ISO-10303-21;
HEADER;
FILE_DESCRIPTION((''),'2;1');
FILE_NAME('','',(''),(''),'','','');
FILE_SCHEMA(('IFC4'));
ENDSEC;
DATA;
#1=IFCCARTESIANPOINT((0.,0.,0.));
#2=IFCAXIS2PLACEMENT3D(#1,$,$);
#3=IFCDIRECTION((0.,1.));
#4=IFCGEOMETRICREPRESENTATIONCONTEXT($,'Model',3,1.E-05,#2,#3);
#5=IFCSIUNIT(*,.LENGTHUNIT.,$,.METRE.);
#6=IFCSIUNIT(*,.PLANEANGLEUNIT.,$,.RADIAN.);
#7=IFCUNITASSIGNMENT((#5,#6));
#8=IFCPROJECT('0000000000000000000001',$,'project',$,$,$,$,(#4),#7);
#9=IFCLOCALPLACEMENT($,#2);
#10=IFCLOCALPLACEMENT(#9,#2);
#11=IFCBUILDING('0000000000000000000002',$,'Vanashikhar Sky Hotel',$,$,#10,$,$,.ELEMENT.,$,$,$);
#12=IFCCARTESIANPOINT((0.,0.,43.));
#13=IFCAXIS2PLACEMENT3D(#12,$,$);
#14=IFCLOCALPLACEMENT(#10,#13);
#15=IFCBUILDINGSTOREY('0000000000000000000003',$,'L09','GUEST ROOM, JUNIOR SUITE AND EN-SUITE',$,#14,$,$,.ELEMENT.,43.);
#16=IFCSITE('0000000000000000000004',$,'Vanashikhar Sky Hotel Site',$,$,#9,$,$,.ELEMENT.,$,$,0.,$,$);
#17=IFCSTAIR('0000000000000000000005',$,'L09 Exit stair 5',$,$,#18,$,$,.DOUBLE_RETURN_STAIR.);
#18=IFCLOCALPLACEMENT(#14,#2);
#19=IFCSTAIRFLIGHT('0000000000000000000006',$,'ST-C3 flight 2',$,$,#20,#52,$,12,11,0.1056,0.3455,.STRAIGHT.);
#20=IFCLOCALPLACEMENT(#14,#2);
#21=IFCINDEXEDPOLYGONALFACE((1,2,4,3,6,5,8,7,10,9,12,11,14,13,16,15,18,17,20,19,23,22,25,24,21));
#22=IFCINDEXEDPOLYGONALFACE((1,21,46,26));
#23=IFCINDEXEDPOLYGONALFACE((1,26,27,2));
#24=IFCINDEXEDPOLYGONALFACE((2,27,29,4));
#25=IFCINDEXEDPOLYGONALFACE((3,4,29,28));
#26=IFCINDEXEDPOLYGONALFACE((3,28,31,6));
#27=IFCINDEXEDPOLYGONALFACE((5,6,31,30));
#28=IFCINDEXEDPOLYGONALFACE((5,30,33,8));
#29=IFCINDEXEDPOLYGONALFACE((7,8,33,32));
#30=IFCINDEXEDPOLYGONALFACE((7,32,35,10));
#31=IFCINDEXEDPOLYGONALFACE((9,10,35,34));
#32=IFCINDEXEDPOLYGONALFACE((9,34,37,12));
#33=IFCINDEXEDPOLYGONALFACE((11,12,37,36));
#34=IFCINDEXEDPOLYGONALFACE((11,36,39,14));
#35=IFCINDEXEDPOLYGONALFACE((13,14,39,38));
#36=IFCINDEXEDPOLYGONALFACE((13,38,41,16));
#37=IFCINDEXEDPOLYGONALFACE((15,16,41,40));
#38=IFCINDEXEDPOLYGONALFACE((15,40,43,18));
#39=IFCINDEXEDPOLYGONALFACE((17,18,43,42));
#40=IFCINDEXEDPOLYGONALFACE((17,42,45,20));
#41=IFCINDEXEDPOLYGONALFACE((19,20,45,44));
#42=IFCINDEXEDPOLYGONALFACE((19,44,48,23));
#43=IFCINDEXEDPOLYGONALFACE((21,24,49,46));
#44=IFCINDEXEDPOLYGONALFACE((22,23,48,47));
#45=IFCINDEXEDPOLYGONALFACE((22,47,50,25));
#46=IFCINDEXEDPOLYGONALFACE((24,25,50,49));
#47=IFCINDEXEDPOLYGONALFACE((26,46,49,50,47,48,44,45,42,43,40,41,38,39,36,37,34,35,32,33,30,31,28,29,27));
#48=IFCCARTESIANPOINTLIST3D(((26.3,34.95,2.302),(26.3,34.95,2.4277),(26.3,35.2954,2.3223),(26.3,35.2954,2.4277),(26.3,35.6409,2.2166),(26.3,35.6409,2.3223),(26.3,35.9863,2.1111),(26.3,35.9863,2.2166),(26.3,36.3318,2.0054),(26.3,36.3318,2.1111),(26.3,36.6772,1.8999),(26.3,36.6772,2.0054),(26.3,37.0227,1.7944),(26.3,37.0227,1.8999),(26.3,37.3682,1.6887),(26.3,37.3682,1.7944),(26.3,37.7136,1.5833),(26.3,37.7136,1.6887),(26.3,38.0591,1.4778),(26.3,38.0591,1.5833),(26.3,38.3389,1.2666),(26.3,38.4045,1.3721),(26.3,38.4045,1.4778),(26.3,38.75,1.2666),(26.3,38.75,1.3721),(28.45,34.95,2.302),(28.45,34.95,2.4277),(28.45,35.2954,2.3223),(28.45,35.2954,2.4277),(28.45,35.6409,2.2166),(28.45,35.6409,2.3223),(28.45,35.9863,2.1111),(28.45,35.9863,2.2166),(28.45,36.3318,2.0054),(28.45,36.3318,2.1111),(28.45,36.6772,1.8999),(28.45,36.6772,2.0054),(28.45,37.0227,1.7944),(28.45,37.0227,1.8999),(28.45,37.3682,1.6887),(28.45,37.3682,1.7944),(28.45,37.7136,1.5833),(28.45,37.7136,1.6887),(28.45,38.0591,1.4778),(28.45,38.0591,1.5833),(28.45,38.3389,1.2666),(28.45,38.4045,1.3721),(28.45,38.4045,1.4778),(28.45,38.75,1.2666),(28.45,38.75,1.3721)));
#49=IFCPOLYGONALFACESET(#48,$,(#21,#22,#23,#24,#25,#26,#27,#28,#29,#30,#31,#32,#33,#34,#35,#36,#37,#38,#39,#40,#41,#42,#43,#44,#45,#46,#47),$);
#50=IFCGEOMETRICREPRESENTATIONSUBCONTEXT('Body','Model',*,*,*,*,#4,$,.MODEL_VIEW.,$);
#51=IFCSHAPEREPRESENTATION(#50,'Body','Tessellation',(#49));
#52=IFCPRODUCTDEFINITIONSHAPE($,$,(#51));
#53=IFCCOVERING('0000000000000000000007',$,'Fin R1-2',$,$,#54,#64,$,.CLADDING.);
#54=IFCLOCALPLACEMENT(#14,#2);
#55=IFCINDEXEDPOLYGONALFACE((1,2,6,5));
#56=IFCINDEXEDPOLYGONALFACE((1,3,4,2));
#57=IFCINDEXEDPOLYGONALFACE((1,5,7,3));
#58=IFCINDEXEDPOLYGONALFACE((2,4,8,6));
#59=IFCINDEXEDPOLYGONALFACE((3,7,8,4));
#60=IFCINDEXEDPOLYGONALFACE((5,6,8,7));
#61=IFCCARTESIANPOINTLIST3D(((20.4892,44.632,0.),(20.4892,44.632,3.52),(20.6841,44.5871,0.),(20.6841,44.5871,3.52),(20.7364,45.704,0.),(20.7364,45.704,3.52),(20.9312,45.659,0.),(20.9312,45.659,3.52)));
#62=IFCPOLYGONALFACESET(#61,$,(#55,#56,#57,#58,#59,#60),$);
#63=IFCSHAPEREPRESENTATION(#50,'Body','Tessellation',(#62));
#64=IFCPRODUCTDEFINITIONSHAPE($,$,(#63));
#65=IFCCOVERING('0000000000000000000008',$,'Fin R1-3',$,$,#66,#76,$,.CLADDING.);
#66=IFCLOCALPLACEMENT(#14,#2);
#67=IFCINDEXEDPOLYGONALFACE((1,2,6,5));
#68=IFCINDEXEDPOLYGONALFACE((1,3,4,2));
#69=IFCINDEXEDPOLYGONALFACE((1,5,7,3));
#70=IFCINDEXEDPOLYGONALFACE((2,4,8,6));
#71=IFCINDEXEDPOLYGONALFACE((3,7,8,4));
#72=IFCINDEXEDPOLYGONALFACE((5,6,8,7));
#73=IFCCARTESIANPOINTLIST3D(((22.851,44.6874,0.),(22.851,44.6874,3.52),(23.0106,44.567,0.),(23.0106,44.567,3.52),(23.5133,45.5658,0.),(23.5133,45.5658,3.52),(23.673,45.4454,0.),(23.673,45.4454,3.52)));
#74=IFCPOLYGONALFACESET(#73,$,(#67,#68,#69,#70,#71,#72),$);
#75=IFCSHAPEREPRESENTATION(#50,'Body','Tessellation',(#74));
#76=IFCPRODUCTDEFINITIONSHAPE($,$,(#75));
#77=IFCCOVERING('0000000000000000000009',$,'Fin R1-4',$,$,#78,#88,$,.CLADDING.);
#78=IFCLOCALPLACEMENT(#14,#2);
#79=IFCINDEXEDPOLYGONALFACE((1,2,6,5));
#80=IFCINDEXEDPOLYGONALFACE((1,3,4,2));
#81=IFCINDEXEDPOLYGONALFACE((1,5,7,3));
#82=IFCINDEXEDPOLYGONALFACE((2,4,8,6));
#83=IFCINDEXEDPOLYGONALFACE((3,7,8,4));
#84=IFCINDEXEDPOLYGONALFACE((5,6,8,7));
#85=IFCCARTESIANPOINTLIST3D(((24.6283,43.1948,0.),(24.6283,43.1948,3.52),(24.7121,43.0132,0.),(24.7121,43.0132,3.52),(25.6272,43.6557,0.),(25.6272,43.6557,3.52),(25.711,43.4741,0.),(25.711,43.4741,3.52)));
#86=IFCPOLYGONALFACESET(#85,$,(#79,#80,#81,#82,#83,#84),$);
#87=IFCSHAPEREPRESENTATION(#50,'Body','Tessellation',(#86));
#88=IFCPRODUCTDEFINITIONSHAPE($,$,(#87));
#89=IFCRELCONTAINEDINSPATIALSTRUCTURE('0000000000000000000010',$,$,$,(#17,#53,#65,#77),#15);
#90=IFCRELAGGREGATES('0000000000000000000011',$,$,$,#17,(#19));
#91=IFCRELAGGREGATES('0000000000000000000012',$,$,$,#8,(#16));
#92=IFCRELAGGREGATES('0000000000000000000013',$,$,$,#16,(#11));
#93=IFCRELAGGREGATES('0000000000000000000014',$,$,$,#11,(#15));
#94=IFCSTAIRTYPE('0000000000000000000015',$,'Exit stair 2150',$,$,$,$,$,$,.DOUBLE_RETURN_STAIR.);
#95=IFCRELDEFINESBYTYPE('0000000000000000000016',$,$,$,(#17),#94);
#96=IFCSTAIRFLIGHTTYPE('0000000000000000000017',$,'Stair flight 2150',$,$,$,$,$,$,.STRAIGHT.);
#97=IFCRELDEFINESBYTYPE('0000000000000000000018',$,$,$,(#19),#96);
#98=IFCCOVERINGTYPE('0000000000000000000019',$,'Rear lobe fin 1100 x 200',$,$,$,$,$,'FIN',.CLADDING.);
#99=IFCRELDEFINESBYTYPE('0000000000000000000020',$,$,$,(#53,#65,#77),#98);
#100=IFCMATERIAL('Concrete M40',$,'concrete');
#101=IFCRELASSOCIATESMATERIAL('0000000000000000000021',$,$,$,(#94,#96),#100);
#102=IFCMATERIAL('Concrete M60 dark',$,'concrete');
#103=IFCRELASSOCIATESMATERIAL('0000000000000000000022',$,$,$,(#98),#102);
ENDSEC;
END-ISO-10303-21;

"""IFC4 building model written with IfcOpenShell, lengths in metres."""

from ifc_helpers import new_model, si_unit, direction, frame, origin, origin_2d, place, context, subcontext, project, spatial, polyline, rectangle, outline, extrude, source, transform, mapped, material, material_profile, profile_set, type_object, element, aggregate, save


model = new_model("IFC4")

# Units and contexts
model_context = context("Model", 3, precision=1e-05, world=origin(), true_north=direction((0.0, 1.0)))
body_context = subcontext(model_context, "Body", "Model", "MODEL_VIEW")
ifc_project = project(units=[si_unit("LENGTHUNIT", "METRE"), si_unit("PLANEANGLEUNIT", "RADIAN")], contexts=[model_context])

# Site, building, storey
site_placement = place(None, origin())
site = spatial("IfcSite", under=ifc_project, at=site_placement, Name="Vanashikhar Sky Hotel Site", CompositionType="ELEMENT", RefElevation=0.0)
building_placement = place(site_placement, origin())
building = spatial("IfcBuilding", under=site, at=building_placement, Name="Vanashikhar Sky Hotel", CompositionType="ELEMENT")
storey_placement = place(building_placement, frame((0.0, 0.0, 43.0)))
storey = spatial("IfcBuildingStorey", under=building, at=storey_placement, Name="L09", Description="GUEST ROOM, JUNIOR SUITE AND EN-SUITE", CompositionType="ELEMENT", Elevation=43.0)

# Stair, stair flight
ifc_material_1 = material(Name="Concrete M40", Category="concrete")
stair_type = type_object("IfcStairType", Name="Exit stair 2150", PredefinedType="DOUBLE_RETURN_STAIR", material=ifc_material_1)
stair_placement = place(storey_placement, origin())
stair = element("IfcStair", 1, at=stair_placement, inside=storey, type_object=stair_type, Name="L09 Exit stair 5", PredefinedType="DOUBLE_RETURN_STAIR")
stair_flight_type = type_object("IfcStairFlightType", Name="Stair flight 2150", PredefinedType="STRAIGHT", material=ifc_material_1)
shared_shape_1 = source(origin(), body_context, "Body", "SweptSolid", [
    extrude(outline(polyline([(0.0, 0.0), (0.0, 0.1055), (0.3455, 0.1055), (0.3455, 0.2112), (0.6909, 0.2112), (0.6909, 0.3167), (1.0364, 0.3167), (1.0364, 0.4221), (1.3818, 0.4221), (1.3818, 0.5278), (1.7273, 0.5278), (1.7273, 0.6333), (2.0728, 0.6333), (2.0728, 0.7388), (2.4182, 0.7388), (2.4182, 0.8445), (2.7637, 0.8445), (2.7637, 0.95), (3.1091, 0.95), (3.1091, 1.0557), (3.4546, 1.0557), (3.4546, 1.1611), (3.8, 1.1611), (3.8, 1.2666), (3.8, 1.0354), (0.4111, 0.0), (0.0, 0.0)])), frame((0.0, 1.075, 0.0), z_axis=(0.0, -1.0, 0.0), x_axis=(1.0, 0.0, 0.0)), (0.0, 0.0, 1.0), 2.1499),
])
stair_flight_placement = place(storey_placement, frame((27.375, 38.75, 1.2666), z_axis=(0.0, 0.0, 1.0), x_axis=(0.0, -1.0, 0.0)))
stair_flight = element("IfcStairFlight", 2, at=stair_flight_placement, type_object=stair_flight_type, Name="ST-C3 flight 2", NumberOfRisers=12, NumberOfTreads=11, PredefinedType="STRAIGHT", RiserHeight=0.1056, TreadLength=0.3455, context=body_context, shape_type="MappedRepresentation", body=[
    mapped(shared_shape_1, transform((0.0, 0.0, 0.0), scale=1.0)),
])
aggregate(stair, [stair_flight])

# Coverings
ifc_material_2 = material(Name="Concrete M60 dark", Category="concrete")
ifc_material_profile = material_profile(ifc_material_2, rectangle(XDim=1.1001, YDim=0.2, at=origin_2d()))
ifc_profile_set = profile_set([ifc_material_profile], Name="Rear lobe fin 1100 x 200")
covering_type = type_object("IfcCoveringType", Name="Rear lobe fin 1100 x 200", ElementType="FIN", PredefinedType="CLADDING", material=ifc_profile_set)
shared_shape_2 = source(origin(), body_context, "Body", "SweptSolid", [
    extrude(rectangle(XDim=1.1001, YDim=0.2, at=origin_2d()), origin(), (0.0, 0.0, 1.0), 3.52),
])
for number, where, z_axis, x_axis, name in (
    (3, (20.7102, 45.1455, 0.0), (0.0, 0.0, 1.0), (0.224645, 0.974441, 0.0), "Fin R1-2"),
    (4, (23.262, 45.0664, 0.0), (0.0, 0.0, 1.0), (0.602066, 0.798446, 0.0), "Fin R1-3"),
    (5, (25.1697, 43.3345, 0.0), (0.0, 0.0, 1.0), (0.908004, 0.418961, 0.0), "Fin R1-4"),
):
    element("IfcCovering", number, at=place(storey_placement, frame(where, z_axis=z_axis, x_axis=x_axis)), inside=storey, type_object=covering_type, Name=name, PredefinedType="CLADDING", context=body_context, shape_type="MappedRepresentation", body=[
        mapped(shared_shape_2, transform((0.0, 0.0, 0.0), scale=1.0)),
    ])

save(model, "model.ifc")
